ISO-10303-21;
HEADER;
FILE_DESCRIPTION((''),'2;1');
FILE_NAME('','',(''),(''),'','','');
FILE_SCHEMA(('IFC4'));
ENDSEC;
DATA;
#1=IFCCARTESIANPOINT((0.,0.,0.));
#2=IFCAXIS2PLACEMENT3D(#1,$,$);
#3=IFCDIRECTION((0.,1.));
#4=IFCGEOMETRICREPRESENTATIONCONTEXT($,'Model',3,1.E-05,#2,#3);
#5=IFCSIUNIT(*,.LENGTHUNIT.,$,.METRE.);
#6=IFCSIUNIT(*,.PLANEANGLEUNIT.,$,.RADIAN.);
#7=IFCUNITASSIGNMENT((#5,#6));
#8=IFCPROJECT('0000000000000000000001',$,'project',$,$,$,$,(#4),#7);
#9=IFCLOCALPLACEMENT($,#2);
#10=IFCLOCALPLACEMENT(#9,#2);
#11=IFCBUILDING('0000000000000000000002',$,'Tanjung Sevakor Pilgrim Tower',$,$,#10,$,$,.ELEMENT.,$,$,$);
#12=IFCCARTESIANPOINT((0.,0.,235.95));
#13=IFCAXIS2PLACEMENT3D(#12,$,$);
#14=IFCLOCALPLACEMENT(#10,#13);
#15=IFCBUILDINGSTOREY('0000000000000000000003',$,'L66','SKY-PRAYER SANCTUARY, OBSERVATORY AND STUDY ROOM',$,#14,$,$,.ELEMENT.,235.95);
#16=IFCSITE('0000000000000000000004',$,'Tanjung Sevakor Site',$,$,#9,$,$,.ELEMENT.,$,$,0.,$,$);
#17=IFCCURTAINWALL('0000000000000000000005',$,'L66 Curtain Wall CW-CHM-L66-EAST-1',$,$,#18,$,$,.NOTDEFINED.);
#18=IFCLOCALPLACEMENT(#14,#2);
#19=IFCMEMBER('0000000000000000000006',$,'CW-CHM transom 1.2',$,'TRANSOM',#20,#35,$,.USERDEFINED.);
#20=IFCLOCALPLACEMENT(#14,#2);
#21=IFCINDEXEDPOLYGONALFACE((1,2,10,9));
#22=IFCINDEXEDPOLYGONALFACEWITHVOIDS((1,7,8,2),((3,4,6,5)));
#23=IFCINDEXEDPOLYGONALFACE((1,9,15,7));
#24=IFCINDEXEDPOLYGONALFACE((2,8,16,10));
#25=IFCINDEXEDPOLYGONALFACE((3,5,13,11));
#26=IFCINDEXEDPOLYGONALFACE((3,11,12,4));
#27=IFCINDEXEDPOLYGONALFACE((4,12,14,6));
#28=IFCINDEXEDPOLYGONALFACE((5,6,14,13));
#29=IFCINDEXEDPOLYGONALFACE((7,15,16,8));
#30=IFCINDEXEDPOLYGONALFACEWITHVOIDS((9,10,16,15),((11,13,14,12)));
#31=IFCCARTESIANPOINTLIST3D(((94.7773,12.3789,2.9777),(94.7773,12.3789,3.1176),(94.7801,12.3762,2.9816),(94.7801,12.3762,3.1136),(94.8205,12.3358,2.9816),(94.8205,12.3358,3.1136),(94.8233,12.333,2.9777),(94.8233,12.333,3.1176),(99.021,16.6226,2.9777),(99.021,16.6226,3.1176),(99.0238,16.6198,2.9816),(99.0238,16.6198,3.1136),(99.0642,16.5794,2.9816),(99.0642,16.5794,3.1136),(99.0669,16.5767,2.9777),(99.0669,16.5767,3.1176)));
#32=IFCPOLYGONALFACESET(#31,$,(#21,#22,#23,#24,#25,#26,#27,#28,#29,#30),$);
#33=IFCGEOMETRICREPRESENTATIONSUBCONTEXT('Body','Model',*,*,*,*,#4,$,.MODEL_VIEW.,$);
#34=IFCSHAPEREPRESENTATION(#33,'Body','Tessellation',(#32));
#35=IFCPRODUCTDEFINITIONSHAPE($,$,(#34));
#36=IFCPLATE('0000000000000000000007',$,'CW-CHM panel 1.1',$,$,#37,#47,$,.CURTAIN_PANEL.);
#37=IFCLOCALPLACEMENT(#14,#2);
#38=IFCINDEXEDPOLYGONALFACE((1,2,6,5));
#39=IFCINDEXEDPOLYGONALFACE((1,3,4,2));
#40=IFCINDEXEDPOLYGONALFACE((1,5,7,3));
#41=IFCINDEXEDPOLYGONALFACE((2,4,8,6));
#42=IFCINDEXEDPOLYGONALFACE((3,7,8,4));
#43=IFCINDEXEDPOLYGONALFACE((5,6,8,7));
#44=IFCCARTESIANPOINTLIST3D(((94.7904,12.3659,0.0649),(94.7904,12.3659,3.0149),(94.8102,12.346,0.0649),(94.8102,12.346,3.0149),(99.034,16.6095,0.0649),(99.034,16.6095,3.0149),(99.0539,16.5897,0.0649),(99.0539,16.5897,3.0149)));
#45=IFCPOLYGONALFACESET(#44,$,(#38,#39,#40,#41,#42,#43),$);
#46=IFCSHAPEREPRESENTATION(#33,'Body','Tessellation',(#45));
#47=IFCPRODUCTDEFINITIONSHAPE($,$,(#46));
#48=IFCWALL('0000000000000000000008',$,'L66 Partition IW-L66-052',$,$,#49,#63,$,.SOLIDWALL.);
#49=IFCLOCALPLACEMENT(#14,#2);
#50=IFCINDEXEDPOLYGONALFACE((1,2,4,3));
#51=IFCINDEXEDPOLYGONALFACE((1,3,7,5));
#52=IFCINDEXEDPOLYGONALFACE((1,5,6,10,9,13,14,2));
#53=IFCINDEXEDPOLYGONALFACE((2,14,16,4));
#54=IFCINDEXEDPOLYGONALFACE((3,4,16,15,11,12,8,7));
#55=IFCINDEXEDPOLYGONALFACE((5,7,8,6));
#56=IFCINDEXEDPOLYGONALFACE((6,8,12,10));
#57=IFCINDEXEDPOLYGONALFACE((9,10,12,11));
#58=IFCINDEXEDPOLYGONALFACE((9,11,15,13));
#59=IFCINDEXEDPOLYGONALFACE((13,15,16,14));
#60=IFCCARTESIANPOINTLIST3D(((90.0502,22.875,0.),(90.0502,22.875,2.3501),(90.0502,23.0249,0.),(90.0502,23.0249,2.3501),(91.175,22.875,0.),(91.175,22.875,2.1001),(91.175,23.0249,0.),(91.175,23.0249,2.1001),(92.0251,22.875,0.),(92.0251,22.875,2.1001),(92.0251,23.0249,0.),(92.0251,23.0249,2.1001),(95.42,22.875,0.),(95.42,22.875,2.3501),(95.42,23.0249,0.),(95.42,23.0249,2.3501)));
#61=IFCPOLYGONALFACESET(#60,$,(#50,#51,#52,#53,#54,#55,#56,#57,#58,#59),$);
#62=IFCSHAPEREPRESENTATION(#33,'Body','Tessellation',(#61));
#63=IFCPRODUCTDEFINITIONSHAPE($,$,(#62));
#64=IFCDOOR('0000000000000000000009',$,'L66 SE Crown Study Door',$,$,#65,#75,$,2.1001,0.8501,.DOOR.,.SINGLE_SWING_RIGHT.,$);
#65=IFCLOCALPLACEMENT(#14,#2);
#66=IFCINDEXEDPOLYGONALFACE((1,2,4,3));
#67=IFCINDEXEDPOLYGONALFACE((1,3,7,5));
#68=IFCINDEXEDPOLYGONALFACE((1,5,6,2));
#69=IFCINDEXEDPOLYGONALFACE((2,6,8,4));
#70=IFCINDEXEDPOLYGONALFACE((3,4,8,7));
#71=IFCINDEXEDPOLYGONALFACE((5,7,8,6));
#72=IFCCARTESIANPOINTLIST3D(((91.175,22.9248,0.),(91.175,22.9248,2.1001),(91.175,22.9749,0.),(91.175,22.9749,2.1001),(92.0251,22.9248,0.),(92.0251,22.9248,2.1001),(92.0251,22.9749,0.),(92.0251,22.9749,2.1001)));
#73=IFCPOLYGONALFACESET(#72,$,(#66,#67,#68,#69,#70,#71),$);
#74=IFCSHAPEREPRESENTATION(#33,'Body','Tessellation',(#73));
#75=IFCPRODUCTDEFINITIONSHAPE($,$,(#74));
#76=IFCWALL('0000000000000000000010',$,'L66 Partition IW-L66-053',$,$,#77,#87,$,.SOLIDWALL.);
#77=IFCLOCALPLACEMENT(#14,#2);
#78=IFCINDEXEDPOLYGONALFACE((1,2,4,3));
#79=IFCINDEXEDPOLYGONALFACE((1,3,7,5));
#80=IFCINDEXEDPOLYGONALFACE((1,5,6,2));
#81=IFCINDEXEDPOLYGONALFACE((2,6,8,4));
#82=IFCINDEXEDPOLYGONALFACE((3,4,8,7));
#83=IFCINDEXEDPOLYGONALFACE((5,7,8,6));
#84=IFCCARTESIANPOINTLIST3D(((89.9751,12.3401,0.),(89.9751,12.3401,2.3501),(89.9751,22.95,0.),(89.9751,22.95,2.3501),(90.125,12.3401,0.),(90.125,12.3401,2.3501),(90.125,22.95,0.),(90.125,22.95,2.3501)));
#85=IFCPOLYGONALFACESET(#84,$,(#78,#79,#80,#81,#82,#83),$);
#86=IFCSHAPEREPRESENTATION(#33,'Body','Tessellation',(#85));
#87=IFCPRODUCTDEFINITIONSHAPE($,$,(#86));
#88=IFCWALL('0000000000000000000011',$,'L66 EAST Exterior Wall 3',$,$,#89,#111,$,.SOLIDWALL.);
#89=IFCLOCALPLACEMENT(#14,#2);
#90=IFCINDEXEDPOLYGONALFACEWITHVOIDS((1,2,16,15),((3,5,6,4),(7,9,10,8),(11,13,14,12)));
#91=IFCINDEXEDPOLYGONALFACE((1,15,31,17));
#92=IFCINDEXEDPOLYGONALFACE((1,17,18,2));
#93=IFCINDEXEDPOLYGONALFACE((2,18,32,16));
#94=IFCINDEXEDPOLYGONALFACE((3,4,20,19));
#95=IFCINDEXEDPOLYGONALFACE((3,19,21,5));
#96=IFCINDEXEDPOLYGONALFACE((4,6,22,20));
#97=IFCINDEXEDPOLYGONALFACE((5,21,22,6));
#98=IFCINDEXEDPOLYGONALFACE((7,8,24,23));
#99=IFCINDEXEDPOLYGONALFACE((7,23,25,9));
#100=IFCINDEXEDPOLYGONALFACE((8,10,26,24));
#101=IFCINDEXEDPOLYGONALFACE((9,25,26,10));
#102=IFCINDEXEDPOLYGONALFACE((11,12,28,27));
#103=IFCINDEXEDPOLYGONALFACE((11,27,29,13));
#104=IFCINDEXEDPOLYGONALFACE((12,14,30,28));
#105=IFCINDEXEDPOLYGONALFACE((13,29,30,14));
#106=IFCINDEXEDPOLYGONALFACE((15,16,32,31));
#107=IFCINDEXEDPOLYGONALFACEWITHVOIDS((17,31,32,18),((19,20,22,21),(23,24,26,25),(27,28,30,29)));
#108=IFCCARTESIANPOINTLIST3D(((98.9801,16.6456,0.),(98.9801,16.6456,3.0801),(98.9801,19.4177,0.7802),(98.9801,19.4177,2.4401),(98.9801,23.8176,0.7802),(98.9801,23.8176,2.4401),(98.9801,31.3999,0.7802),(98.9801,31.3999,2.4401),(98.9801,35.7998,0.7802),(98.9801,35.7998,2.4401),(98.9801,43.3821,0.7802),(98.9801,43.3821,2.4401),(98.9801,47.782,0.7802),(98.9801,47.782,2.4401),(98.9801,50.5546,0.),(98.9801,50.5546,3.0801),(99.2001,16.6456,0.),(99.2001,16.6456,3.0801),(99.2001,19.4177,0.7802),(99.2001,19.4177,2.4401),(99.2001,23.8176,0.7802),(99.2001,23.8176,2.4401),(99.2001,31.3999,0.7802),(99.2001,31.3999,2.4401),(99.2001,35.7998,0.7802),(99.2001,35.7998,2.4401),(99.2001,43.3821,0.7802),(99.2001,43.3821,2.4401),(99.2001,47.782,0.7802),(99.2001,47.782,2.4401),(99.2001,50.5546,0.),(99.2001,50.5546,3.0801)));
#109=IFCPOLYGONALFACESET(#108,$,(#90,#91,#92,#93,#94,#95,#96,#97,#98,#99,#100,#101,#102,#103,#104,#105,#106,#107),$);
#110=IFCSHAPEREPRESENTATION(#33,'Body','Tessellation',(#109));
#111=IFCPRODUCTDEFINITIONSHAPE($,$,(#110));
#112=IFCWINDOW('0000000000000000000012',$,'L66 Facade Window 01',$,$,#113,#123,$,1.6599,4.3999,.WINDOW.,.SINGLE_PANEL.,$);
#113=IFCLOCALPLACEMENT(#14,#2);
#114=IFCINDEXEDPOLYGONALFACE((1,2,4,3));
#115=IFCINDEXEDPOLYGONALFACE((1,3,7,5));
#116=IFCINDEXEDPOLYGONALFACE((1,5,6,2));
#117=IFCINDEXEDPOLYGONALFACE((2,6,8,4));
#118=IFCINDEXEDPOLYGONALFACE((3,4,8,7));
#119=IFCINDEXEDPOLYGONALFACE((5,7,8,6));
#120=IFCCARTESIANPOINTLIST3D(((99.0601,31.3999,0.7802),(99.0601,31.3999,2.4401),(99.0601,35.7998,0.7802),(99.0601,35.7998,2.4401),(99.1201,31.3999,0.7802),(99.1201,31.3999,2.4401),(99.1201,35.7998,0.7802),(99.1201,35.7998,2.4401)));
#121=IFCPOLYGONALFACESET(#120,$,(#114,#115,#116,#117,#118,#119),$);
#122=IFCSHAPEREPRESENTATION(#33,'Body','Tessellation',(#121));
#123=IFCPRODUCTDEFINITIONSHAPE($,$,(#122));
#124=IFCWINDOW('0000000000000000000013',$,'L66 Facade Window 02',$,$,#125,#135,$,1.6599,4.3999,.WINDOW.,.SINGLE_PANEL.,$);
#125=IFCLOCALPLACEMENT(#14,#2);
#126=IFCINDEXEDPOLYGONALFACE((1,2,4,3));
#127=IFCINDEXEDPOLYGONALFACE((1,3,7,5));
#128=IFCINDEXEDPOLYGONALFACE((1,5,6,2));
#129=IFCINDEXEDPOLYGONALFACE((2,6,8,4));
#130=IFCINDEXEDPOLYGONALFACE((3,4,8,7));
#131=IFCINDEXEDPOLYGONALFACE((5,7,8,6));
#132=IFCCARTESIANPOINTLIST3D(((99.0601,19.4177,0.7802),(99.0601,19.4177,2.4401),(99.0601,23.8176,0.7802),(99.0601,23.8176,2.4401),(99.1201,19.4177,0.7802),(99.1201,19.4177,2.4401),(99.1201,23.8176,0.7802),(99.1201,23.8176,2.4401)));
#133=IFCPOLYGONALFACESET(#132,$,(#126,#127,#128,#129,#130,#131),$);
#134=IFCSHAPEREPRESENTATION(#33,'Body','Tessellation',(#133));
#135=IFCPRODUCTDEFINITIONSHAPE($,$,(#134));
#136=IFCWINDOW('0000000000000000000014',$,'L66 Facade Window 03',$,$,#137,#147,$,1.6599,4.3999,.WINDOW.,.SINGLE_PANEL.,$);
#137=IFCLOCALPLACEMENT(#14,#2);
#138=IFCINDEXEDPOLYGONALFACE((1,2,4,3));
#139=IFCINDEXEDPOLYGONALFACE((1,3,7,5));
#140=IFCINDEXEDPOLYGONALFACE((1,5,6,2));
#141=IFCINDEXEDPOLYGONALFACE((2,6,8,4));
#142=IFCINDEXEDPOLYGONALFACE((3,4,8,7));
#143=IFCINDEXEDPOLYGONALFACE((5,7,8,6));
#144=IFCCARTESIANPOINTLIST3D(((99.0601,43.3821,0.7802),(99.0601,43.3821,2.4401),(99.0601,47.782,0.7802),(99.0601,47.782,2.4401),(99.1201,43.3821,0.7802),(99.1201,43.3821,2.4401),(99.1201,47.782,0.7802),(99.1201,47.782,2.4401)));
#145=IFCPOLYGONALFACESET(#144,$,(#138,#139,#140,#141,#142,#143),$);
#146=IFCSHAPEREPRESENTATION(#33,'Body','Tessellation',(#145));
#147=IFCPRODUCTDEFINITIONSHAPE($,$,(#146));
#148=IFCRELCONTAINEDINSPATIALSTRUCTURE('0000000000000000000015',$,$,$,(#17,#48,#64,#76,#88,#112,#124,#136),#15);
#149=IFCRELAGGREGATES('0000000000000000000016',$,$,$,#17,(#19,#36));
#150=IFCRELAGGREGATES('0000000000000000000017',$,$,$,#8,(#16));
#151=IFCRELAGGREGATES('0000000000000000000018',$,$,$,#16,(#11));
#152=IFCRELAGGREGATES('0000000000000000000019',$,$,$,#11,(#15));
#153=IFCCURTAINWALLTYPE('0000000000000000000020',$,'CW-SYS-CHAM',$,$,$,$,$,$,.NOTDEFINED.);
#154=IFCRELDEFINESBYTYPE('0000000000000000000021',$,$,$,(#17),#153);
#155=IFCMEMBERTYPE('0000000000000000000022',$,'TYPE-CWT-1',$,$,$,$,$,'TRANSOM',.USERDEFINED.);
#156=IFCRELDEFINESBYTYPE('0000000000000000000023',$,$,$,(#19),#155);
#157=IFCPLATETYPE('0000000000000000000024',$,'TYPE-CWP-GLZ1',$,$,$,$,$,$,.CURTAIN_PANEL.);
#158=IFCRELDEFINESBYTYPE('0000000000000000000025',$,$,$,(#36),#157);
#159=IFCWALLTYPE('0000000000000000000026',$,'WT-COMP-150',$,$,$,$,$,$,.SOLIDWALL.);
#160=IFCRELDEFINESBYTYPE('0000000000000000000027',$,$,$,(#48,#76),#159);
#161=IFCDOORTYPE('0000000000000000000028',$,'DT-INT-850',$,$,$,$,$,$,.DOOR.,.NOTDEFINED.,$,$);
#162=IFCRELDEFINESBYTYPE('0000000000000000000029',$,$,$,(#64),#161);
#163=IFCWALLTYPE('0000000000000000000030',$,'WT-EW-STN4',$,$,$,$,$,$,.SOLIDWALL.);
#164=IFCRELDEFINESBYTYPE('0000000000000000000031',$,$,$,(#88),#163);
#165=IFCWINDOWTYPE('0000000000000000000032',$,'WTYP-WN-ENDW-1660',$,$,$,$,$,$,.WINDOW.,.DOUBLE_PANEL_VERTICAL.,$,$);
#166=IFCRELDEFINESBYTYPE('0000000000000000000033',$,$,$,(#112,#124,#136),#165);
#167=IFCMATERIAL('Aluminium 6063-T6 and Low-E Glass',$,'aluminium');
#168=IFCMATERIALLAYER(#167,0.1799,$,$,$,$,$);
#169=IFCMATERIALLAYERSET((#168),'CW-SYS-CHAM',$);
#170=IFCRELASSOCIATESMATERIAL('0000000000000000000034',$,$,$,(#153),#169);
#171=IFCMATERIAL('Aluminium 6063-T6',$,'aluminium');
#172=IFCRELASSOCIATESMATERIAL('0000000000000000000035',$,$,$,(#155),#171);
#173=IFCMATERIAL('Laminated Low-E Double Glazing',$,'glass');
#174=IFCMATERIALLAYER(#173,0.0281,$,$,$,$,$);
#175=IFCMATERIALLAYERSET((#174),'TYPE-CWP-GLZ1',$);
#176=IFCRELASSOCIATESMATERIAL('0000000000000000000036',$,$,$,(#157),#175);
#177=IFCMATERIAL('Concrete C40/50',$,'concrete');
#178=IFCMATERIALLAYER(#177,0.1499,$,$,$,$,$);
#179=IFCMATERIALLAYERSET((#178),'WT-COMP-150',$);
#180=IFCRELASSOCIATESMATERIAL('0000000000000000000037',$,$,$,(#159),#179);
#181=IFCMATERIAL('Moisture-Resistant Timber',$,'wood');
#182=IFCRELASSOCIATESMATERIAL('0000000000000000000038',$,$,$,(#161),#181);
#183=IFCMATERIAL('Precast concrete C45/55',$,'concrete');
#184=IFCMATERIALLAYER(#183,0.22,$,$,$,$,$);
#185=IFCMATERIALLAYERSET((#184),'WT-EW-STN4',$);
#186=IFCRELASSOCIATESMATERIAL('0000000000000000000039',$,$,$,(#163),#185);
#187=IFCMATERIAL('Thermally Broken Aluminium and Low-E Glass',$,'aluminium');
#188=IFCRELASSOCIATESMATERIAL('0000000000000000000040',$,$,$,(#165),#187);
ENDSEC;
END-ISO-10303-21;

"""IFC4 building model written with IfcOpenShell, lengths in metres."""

from ifc_helpers import new_model, si_unit, direction, frame, frame_2d, origin, origin_2d, place, context, subcontext, project, spatial, rectangle, hollow_rectangle, extrude, material, layer, layer_set, material_profile, profile_set, type_object, element, fill, aggregate, save


model = new_model("IFC4")

# Units and contexts
model_context = context("Model", 3, precision=1e-05, world=origin(), true_north=direction((0.0, 1.0)))
body_context = subcontext(model_context, "Body", "Model", "MODEL_VIEW")
ifc_project = project(units=[si_unit("LENGTHUNIT", "METRE"), si_unit("PLANEANGLEUNIT", "RADIAN")], contexts=[model_context])

# Site, building, storey
site_placement = place(None, origin())
site = spatial("IfcSite", under=ifc_project, at=site_placement, Name="Tanjung Sevakor Site", CompositionType="ELEMENT", RefElevation=0.0)
building_placement = place(site_placement, origin())
building = spatial("IfcBuilding", under=site, at=building_placement, Name="Tanjung Sevakor Pilgrim Tower", CompositionType="ELEMENT")
storey_placement = place(building_placement, frame((0.0, 0.0, 235.95)))
storey = spatial("IfcBuildingStorey", under=building, at=storey_placement, Name="L66", Description="SKY-PRAYER SANCTUARY, OBSERVATORY AND STUDY ROOM", CompositionType="ELEMENT", Elevation=235.95)

# Curtain wall, member, plate
ifc_material_1 = material(Name="Aluminium 6063-T6 and Low-E Glass", Category="aluminium")
ifc_layer_1 = layer(ifc_material_1, 0.1799)
ifc_layer_set_1 = layer_set([ifc_layer_1], Name="CW-SYS-CHAM")
curtain_wall_type = type_object("IfcCurtainWallType", Name="CW-SYS-CHAM", PredefinedType="NOTDEFINED", material=ifc_layer_set_1)
curtain_wall_placement = place(storey_placement, origin())
curtain_wall = element("IfcCurtainWall", 1, at=curtain_wall_placement, inside=storey, type_object=curtain_wall_type, Name="L66 Curtain Wall CW-CHM-L66-EAST-1", PredefinedType="NOTDEFINED")
ifc_material_2 = material(Name="Aluminium 6063-T6", Category="aluminium")
ifc_material_profile_1 = material_profile(ifc_material_2, hollow_rectangle(XDim=0.0649, YDim=0.1399, WallThickness=0.0039, at=origin_2d()))
ifc_profile_set_1 = profile_set([ifc_material_profile_1], Name="Aluminium 6063-T6")
member_type_1 = type_object("IfcMemberType", Name="TYPE-CWT-1", ElementType="TRANSOM", PredefinedType="USERDEFINED", material=ifc_profile_set_1)
member_1_placement = place(storey_placement, frame((94.8003, 12.356, 3.0476), z_axis=(0.707107, 0.707107, 0.0), x_axis=(-0.707107, 0.707107, 0.0)))
member_1 = element("IfcMember", 2, at=member_1_placement, type_object=member_type_1, Name="CW-CHM transom 1.2", ObjectType="TRANSOM", PredefinedType="USERDEFINED", context=body_context, shape_type="SweptSolid", body=[
    extrude(hollow_rectangle(XDim=0.0649, YDim=0.1399, WallThickness=0.0039, at=origin_2d()), origin(), (0.0, 0.0, 1.0), 6.0015),
])
ifc_material_3 = material(Name="Laminated Low-E Double Glazing", Category="glass")
ifc_layer_2 = layer(ifc_material_3, 0.0281)
ifc_layer_set_2 = layer_set([ifc_layer_2], Name="TYPE-CWP-GLZ1")
plate_type = type_object("IfcPlateType", Name="TYPE-CWP-GLZ1", PredefinedType="CURTAIN_PANEL", material=ifc_layer_set_2)
plate_placement = place(storey_placement, frame((96.9221, 14.4778, 0.0649), z_axis=(0.0, 0.0, 1.0), x_axis=(0.707107, 0.707107, 0.0)))
plate = element("IfcPlate", 3, at=plate_placement, type_object=plate_type, Name="CW-CHM panel 1.1", PredefinedType="CURTAIN_PANEL", context=body_context, shape_type="SweptSolid", body=[
    extrude(rectangle(XDim=6.0015, YDim=0.0281, at=origin_2d()), origin(), (0.0, 0.0, 1.0), 2.95),
])
aggregate(curtain_wall, [member_1, plate])

# Shared definitions
ifc_material_4 = material(Name="Concrete C40/50", Category="concrete")
ifc_layer_3 = layer(ifc_material_4, 0.1499)
ifc_layer_set_3 = layer_set([ifc_layer_3], Name="WT-COMP-150")
wall_type_1 = type_object("IfcWallType", Name="WT-COMP-150", PredefinedType="SOLIDWALL", material=ifc_layer_set_3)

# Wall, opening, door
wall_1_placement = place(storey_placement, frame((90.05, 22.95, 0.0), z_axis=(0.0, 0.0, 1.0), x_axis=(1.0, 0.0, 0.0)))
wall_1 = element("IfcWall", 4, at=wall_1_placement, inside=storey, type_object=wall_type_1, Name="L66 Partition IW-L66-052", PredefinedType="SOLIDWALL", context=body_context, shape_type="SweptSolid", body=[
    extrude(rectangle(XDim=5.3699, YDim=0.1499, at=frame_2d((2.6851, 0.0))), origin(), (0.0, 0.0, 1.0), 2.3501),
])
opening_1_placement = place(wall_1_placement, frame((1.125, 0.0, 0.0)))
opening_1 = element("IfcOpeningElement", 5, at=opening_1_placement, cuts=wall_1, PredefinedType="OPENING", context=body_context, shape_type="SweptSolid", body=[
    extrude(rectangle(XDim=0.8501, YDim=2.1001, at=frame_2d((0.425, 1.05))), frame((0.0, 0.085, 0.0), z_axis=(0.0, -1.0, 0.0), x_axis=(1.0, 0.0, 0.0)), (0.0, 0.0, 1.0), 0.1699),
])
ifc_material_5 = material(Name="Moisture-Resistant Timber", Category="wood")
door_type = type_object("IfcDoorType", Name="DT-INT-850", OperationType="NOTDEFINED", PredefinedType="DOOR", material=ifc_material_5)
door_1_placement = place(opening_1_placement, origin())
door_1 = element("IfcDoor", 6, at=door_1_placement, inside=storey, type_object=door_type, Name="L66 SE Crown Study Door", OperationType="SINGLE_SWING_RIGHT", OverallHeight=2.1001, OverallWidth=0.8501, PredefinedType="DOOR", context=body_context, shape_type="SweptSolid", body=[
    extrude(rectangle(XDim=0.8501, YDim=2.1001, at=frame_2d((0.425, 1.05))), frame((0.0, 0.0249, 0.0), z_axis=(0.0, -1.0, 0.0), x_axis=(1.0, 0.0, 0.0)), (0.0, 0.0, 1.0), 0.05),
])
fill(opening_1, door_1)

# Wall
wall_2_placement = place(storey_placement, frame((90.05, 12.3401, 0.0), z_axis=(0.0, 0.0, 1.0), x_axis=(0.0, 1.0, 0.0)))
element("IfcWall", 7, at=wall_2_placement, inside=storey, type_object=wall_type_1, Name="L66 Partition IW-L66-053", PredefinedType="SOLIDWALL", context=body_context, shape_type="SweptSolid", body=[
    extrude(rectangle(XDim=10.6099, YDim=0.1499, at=frame_2d((5.3049, 0.0))), origin(), (0.0, 0.0, 1.0), 2.3501),
])

# Wall, openings, windows
ifc_material_6 = material(Name="Precast concrete C45/55", Category="concrete")
ifc_layer_4 = layer(ifc_material_6, 0.22)
ifc_layer_set_4 = layer_set([ifc_layer_4], Name="WT-EW-STN4")
wall_type_2 = type_object("IfcWallType", Name="WT-EW-STN4", PredefinedType="SOLIDWALL", material=ifc_layer_set_4)
wall_3_placement = place(storey_placement, frame((99.0901, 16.6455, 0.0), z_axis=(0.0, 0.0, 1.0), x_axis=(0.0, 1.0, 0.0)))
wall_3 = element("IfcWall", 8, at=wall_3_placement, inside=storey, type_object=wall_type_2, Name="L66 EAST Exterior Wall 3", PredefinedType="SOLIDWALL", context=body_context, shape_type="SweptSolid", body=[
    extrude(rectangle(XDim=33.9089, YDim=0.22, at=frame_2d((16.9546, 0.0))), origin(), (0.0, 0.0, 1.0), 3.0801),
])
opening_2_placement = place(wall_3_placement, frame((14.7544, 0.0, 0.78)))
opening_2 = element("IfcOpeningElement", 9, at=opening_2_placement, cuts=wall_3, PredefinedType="OPENING", context=body_context, shape_type="SweptSolid", body=[
    extrude(rectangle(XDim=4.3999, YDim=1.6599, at=frame_2d((2.2, 0.8301))), frame((0.0, 0.1199, 0.0), z_axis=(0.0, -1.0, 0.0), x_axis=(1.0, 0.0, 0.0)), (0.0, 0.0, 1.0), 0.24),
])
opening_3_placement = place(wall_3_placement, frame((2.7722, 0.0, 0.78)))
opening_3 = element("IfcOpeningElement", 10, at=opening_3_placement, cuts=wall_3, PredefinedType="OPENING", context=body_context, shape_type="SweptSolid", body=[
    extrude(rectangle(XDim=4.3999, YDim=1.6599, at=frame_2d((2.2, 0.8301))), frame((0.0, 0.1199, 0.0), z_axis=(0.0, -1.0, 0.0), x_axis=(1.0, 0.0, 0.0)), (0.0, 0.0, 1.0), 0.24),
])
opening_4_placement = place(wall_3_placement, frame((26.7366, 0.0, 0.78)))
opening_4 = element("IfcOpeningElement", 11, at=opening_4_placement, cuts=wall_3, PredefinedType="OPENING", context=body_context, shape_type="SweptSolid", body=[
    extrude(rectangle(XDim=4.3999, YDim=1.6599, at=frame_2d((2.2, 0.8301))), frame((0.0, 0.1199, 0.0), z_axis=(0.0, -1.0, 0.0), x_axis=(1.0, 0.0, 0.0)), (0.0, 0.0, 1.0), 0.24),
])
ifc_material_7 = material(Name="Thermally Broken Aluminium and Low-E Glass", Category="aluminium")
window_type = type_object("IfcWindowType", Name="WTYP-WN-ENDW-1660", PartitioningType="DOUBLE_PANEL_VERTICAL", PredefinedType="WINDOW", material=ifc_material_7)
window_1_placement = place(opening_2_placement, origin())
window_1 = element("IfcWindow", 12, at=window_1_placement, inside=storey, type_object=window_type, Name="L66 Facade Window 01", OverallHeight=1.6599, OverallWidth=4.3999, PartitioningType="SINGLE_PANEL", PredefinedType="WINDOW", context=body_context, shape_type="SweptSolid", body=[
    extrude(rectangle(XDim=4.3999, YDim=1.6599, at=frame_2d((2.2, 0.8301))), frame((0.0, 0.03, 0.0), z_axis=(0.0, -1.0, 0.0), x_axis=(1.0, 0.0, 0.0)), (0.0, 0.0, 1.0), 0.0601),
])
fill(opening_2, window_1)
window_2_placement = place(opening_3_placement, origin())
window_2 = element("IfcWindow", 13, at=window_2_placement, inside=storey, type_object=window_type, Name="L66 Facade Window 02", OverallHeight=1.6599, OverallWidth=4.3999, PartitioningType="SINGLE_PANEL", PredefinedType="WINDOW", context=body_context, shape_type="SweptSolid", body=[
    extrude(rectangle(XDim=4.3999, YDim=1.6599, at=frame_2d((2.2, 0.8301))), frame((0.0, 0.03, 0.0), z_axis=(0.0, -1.0, 0.0), x_axis=(1.0, 0.0, 0.0)), (0.0, 0.0, 1.0), 0.0601),
])
fill(opening_3, window_2)
window_3_placement = place(opening_4_placement, origin())
window_3 = element("IfcWindow", 14, at=window_3_placement, inside=storey, type_object=window_type, Name="L66 Facade Window 03", OverallHeight=1.6599, OverallWidth=4.3999, PartitioningType="SINGLE_PANEL", PredefinedType="WINDOW", context=body_context, shape_type="SweptSolid", body=[
    extrude(rectangle(XDim=4.3999, YDim=1.6599, at=frame_2d((2.2, 0.8301))), frame((0.0, 0.03, 0.0), z_axis=(0.0, -1.0, 0.0), x_axis=(1.0, 0.0, 0.0)), (0.0, 0.0, 1.0), 0.0601),
])
fill(opening_4, window_3)

save(model, "model.ifc")
